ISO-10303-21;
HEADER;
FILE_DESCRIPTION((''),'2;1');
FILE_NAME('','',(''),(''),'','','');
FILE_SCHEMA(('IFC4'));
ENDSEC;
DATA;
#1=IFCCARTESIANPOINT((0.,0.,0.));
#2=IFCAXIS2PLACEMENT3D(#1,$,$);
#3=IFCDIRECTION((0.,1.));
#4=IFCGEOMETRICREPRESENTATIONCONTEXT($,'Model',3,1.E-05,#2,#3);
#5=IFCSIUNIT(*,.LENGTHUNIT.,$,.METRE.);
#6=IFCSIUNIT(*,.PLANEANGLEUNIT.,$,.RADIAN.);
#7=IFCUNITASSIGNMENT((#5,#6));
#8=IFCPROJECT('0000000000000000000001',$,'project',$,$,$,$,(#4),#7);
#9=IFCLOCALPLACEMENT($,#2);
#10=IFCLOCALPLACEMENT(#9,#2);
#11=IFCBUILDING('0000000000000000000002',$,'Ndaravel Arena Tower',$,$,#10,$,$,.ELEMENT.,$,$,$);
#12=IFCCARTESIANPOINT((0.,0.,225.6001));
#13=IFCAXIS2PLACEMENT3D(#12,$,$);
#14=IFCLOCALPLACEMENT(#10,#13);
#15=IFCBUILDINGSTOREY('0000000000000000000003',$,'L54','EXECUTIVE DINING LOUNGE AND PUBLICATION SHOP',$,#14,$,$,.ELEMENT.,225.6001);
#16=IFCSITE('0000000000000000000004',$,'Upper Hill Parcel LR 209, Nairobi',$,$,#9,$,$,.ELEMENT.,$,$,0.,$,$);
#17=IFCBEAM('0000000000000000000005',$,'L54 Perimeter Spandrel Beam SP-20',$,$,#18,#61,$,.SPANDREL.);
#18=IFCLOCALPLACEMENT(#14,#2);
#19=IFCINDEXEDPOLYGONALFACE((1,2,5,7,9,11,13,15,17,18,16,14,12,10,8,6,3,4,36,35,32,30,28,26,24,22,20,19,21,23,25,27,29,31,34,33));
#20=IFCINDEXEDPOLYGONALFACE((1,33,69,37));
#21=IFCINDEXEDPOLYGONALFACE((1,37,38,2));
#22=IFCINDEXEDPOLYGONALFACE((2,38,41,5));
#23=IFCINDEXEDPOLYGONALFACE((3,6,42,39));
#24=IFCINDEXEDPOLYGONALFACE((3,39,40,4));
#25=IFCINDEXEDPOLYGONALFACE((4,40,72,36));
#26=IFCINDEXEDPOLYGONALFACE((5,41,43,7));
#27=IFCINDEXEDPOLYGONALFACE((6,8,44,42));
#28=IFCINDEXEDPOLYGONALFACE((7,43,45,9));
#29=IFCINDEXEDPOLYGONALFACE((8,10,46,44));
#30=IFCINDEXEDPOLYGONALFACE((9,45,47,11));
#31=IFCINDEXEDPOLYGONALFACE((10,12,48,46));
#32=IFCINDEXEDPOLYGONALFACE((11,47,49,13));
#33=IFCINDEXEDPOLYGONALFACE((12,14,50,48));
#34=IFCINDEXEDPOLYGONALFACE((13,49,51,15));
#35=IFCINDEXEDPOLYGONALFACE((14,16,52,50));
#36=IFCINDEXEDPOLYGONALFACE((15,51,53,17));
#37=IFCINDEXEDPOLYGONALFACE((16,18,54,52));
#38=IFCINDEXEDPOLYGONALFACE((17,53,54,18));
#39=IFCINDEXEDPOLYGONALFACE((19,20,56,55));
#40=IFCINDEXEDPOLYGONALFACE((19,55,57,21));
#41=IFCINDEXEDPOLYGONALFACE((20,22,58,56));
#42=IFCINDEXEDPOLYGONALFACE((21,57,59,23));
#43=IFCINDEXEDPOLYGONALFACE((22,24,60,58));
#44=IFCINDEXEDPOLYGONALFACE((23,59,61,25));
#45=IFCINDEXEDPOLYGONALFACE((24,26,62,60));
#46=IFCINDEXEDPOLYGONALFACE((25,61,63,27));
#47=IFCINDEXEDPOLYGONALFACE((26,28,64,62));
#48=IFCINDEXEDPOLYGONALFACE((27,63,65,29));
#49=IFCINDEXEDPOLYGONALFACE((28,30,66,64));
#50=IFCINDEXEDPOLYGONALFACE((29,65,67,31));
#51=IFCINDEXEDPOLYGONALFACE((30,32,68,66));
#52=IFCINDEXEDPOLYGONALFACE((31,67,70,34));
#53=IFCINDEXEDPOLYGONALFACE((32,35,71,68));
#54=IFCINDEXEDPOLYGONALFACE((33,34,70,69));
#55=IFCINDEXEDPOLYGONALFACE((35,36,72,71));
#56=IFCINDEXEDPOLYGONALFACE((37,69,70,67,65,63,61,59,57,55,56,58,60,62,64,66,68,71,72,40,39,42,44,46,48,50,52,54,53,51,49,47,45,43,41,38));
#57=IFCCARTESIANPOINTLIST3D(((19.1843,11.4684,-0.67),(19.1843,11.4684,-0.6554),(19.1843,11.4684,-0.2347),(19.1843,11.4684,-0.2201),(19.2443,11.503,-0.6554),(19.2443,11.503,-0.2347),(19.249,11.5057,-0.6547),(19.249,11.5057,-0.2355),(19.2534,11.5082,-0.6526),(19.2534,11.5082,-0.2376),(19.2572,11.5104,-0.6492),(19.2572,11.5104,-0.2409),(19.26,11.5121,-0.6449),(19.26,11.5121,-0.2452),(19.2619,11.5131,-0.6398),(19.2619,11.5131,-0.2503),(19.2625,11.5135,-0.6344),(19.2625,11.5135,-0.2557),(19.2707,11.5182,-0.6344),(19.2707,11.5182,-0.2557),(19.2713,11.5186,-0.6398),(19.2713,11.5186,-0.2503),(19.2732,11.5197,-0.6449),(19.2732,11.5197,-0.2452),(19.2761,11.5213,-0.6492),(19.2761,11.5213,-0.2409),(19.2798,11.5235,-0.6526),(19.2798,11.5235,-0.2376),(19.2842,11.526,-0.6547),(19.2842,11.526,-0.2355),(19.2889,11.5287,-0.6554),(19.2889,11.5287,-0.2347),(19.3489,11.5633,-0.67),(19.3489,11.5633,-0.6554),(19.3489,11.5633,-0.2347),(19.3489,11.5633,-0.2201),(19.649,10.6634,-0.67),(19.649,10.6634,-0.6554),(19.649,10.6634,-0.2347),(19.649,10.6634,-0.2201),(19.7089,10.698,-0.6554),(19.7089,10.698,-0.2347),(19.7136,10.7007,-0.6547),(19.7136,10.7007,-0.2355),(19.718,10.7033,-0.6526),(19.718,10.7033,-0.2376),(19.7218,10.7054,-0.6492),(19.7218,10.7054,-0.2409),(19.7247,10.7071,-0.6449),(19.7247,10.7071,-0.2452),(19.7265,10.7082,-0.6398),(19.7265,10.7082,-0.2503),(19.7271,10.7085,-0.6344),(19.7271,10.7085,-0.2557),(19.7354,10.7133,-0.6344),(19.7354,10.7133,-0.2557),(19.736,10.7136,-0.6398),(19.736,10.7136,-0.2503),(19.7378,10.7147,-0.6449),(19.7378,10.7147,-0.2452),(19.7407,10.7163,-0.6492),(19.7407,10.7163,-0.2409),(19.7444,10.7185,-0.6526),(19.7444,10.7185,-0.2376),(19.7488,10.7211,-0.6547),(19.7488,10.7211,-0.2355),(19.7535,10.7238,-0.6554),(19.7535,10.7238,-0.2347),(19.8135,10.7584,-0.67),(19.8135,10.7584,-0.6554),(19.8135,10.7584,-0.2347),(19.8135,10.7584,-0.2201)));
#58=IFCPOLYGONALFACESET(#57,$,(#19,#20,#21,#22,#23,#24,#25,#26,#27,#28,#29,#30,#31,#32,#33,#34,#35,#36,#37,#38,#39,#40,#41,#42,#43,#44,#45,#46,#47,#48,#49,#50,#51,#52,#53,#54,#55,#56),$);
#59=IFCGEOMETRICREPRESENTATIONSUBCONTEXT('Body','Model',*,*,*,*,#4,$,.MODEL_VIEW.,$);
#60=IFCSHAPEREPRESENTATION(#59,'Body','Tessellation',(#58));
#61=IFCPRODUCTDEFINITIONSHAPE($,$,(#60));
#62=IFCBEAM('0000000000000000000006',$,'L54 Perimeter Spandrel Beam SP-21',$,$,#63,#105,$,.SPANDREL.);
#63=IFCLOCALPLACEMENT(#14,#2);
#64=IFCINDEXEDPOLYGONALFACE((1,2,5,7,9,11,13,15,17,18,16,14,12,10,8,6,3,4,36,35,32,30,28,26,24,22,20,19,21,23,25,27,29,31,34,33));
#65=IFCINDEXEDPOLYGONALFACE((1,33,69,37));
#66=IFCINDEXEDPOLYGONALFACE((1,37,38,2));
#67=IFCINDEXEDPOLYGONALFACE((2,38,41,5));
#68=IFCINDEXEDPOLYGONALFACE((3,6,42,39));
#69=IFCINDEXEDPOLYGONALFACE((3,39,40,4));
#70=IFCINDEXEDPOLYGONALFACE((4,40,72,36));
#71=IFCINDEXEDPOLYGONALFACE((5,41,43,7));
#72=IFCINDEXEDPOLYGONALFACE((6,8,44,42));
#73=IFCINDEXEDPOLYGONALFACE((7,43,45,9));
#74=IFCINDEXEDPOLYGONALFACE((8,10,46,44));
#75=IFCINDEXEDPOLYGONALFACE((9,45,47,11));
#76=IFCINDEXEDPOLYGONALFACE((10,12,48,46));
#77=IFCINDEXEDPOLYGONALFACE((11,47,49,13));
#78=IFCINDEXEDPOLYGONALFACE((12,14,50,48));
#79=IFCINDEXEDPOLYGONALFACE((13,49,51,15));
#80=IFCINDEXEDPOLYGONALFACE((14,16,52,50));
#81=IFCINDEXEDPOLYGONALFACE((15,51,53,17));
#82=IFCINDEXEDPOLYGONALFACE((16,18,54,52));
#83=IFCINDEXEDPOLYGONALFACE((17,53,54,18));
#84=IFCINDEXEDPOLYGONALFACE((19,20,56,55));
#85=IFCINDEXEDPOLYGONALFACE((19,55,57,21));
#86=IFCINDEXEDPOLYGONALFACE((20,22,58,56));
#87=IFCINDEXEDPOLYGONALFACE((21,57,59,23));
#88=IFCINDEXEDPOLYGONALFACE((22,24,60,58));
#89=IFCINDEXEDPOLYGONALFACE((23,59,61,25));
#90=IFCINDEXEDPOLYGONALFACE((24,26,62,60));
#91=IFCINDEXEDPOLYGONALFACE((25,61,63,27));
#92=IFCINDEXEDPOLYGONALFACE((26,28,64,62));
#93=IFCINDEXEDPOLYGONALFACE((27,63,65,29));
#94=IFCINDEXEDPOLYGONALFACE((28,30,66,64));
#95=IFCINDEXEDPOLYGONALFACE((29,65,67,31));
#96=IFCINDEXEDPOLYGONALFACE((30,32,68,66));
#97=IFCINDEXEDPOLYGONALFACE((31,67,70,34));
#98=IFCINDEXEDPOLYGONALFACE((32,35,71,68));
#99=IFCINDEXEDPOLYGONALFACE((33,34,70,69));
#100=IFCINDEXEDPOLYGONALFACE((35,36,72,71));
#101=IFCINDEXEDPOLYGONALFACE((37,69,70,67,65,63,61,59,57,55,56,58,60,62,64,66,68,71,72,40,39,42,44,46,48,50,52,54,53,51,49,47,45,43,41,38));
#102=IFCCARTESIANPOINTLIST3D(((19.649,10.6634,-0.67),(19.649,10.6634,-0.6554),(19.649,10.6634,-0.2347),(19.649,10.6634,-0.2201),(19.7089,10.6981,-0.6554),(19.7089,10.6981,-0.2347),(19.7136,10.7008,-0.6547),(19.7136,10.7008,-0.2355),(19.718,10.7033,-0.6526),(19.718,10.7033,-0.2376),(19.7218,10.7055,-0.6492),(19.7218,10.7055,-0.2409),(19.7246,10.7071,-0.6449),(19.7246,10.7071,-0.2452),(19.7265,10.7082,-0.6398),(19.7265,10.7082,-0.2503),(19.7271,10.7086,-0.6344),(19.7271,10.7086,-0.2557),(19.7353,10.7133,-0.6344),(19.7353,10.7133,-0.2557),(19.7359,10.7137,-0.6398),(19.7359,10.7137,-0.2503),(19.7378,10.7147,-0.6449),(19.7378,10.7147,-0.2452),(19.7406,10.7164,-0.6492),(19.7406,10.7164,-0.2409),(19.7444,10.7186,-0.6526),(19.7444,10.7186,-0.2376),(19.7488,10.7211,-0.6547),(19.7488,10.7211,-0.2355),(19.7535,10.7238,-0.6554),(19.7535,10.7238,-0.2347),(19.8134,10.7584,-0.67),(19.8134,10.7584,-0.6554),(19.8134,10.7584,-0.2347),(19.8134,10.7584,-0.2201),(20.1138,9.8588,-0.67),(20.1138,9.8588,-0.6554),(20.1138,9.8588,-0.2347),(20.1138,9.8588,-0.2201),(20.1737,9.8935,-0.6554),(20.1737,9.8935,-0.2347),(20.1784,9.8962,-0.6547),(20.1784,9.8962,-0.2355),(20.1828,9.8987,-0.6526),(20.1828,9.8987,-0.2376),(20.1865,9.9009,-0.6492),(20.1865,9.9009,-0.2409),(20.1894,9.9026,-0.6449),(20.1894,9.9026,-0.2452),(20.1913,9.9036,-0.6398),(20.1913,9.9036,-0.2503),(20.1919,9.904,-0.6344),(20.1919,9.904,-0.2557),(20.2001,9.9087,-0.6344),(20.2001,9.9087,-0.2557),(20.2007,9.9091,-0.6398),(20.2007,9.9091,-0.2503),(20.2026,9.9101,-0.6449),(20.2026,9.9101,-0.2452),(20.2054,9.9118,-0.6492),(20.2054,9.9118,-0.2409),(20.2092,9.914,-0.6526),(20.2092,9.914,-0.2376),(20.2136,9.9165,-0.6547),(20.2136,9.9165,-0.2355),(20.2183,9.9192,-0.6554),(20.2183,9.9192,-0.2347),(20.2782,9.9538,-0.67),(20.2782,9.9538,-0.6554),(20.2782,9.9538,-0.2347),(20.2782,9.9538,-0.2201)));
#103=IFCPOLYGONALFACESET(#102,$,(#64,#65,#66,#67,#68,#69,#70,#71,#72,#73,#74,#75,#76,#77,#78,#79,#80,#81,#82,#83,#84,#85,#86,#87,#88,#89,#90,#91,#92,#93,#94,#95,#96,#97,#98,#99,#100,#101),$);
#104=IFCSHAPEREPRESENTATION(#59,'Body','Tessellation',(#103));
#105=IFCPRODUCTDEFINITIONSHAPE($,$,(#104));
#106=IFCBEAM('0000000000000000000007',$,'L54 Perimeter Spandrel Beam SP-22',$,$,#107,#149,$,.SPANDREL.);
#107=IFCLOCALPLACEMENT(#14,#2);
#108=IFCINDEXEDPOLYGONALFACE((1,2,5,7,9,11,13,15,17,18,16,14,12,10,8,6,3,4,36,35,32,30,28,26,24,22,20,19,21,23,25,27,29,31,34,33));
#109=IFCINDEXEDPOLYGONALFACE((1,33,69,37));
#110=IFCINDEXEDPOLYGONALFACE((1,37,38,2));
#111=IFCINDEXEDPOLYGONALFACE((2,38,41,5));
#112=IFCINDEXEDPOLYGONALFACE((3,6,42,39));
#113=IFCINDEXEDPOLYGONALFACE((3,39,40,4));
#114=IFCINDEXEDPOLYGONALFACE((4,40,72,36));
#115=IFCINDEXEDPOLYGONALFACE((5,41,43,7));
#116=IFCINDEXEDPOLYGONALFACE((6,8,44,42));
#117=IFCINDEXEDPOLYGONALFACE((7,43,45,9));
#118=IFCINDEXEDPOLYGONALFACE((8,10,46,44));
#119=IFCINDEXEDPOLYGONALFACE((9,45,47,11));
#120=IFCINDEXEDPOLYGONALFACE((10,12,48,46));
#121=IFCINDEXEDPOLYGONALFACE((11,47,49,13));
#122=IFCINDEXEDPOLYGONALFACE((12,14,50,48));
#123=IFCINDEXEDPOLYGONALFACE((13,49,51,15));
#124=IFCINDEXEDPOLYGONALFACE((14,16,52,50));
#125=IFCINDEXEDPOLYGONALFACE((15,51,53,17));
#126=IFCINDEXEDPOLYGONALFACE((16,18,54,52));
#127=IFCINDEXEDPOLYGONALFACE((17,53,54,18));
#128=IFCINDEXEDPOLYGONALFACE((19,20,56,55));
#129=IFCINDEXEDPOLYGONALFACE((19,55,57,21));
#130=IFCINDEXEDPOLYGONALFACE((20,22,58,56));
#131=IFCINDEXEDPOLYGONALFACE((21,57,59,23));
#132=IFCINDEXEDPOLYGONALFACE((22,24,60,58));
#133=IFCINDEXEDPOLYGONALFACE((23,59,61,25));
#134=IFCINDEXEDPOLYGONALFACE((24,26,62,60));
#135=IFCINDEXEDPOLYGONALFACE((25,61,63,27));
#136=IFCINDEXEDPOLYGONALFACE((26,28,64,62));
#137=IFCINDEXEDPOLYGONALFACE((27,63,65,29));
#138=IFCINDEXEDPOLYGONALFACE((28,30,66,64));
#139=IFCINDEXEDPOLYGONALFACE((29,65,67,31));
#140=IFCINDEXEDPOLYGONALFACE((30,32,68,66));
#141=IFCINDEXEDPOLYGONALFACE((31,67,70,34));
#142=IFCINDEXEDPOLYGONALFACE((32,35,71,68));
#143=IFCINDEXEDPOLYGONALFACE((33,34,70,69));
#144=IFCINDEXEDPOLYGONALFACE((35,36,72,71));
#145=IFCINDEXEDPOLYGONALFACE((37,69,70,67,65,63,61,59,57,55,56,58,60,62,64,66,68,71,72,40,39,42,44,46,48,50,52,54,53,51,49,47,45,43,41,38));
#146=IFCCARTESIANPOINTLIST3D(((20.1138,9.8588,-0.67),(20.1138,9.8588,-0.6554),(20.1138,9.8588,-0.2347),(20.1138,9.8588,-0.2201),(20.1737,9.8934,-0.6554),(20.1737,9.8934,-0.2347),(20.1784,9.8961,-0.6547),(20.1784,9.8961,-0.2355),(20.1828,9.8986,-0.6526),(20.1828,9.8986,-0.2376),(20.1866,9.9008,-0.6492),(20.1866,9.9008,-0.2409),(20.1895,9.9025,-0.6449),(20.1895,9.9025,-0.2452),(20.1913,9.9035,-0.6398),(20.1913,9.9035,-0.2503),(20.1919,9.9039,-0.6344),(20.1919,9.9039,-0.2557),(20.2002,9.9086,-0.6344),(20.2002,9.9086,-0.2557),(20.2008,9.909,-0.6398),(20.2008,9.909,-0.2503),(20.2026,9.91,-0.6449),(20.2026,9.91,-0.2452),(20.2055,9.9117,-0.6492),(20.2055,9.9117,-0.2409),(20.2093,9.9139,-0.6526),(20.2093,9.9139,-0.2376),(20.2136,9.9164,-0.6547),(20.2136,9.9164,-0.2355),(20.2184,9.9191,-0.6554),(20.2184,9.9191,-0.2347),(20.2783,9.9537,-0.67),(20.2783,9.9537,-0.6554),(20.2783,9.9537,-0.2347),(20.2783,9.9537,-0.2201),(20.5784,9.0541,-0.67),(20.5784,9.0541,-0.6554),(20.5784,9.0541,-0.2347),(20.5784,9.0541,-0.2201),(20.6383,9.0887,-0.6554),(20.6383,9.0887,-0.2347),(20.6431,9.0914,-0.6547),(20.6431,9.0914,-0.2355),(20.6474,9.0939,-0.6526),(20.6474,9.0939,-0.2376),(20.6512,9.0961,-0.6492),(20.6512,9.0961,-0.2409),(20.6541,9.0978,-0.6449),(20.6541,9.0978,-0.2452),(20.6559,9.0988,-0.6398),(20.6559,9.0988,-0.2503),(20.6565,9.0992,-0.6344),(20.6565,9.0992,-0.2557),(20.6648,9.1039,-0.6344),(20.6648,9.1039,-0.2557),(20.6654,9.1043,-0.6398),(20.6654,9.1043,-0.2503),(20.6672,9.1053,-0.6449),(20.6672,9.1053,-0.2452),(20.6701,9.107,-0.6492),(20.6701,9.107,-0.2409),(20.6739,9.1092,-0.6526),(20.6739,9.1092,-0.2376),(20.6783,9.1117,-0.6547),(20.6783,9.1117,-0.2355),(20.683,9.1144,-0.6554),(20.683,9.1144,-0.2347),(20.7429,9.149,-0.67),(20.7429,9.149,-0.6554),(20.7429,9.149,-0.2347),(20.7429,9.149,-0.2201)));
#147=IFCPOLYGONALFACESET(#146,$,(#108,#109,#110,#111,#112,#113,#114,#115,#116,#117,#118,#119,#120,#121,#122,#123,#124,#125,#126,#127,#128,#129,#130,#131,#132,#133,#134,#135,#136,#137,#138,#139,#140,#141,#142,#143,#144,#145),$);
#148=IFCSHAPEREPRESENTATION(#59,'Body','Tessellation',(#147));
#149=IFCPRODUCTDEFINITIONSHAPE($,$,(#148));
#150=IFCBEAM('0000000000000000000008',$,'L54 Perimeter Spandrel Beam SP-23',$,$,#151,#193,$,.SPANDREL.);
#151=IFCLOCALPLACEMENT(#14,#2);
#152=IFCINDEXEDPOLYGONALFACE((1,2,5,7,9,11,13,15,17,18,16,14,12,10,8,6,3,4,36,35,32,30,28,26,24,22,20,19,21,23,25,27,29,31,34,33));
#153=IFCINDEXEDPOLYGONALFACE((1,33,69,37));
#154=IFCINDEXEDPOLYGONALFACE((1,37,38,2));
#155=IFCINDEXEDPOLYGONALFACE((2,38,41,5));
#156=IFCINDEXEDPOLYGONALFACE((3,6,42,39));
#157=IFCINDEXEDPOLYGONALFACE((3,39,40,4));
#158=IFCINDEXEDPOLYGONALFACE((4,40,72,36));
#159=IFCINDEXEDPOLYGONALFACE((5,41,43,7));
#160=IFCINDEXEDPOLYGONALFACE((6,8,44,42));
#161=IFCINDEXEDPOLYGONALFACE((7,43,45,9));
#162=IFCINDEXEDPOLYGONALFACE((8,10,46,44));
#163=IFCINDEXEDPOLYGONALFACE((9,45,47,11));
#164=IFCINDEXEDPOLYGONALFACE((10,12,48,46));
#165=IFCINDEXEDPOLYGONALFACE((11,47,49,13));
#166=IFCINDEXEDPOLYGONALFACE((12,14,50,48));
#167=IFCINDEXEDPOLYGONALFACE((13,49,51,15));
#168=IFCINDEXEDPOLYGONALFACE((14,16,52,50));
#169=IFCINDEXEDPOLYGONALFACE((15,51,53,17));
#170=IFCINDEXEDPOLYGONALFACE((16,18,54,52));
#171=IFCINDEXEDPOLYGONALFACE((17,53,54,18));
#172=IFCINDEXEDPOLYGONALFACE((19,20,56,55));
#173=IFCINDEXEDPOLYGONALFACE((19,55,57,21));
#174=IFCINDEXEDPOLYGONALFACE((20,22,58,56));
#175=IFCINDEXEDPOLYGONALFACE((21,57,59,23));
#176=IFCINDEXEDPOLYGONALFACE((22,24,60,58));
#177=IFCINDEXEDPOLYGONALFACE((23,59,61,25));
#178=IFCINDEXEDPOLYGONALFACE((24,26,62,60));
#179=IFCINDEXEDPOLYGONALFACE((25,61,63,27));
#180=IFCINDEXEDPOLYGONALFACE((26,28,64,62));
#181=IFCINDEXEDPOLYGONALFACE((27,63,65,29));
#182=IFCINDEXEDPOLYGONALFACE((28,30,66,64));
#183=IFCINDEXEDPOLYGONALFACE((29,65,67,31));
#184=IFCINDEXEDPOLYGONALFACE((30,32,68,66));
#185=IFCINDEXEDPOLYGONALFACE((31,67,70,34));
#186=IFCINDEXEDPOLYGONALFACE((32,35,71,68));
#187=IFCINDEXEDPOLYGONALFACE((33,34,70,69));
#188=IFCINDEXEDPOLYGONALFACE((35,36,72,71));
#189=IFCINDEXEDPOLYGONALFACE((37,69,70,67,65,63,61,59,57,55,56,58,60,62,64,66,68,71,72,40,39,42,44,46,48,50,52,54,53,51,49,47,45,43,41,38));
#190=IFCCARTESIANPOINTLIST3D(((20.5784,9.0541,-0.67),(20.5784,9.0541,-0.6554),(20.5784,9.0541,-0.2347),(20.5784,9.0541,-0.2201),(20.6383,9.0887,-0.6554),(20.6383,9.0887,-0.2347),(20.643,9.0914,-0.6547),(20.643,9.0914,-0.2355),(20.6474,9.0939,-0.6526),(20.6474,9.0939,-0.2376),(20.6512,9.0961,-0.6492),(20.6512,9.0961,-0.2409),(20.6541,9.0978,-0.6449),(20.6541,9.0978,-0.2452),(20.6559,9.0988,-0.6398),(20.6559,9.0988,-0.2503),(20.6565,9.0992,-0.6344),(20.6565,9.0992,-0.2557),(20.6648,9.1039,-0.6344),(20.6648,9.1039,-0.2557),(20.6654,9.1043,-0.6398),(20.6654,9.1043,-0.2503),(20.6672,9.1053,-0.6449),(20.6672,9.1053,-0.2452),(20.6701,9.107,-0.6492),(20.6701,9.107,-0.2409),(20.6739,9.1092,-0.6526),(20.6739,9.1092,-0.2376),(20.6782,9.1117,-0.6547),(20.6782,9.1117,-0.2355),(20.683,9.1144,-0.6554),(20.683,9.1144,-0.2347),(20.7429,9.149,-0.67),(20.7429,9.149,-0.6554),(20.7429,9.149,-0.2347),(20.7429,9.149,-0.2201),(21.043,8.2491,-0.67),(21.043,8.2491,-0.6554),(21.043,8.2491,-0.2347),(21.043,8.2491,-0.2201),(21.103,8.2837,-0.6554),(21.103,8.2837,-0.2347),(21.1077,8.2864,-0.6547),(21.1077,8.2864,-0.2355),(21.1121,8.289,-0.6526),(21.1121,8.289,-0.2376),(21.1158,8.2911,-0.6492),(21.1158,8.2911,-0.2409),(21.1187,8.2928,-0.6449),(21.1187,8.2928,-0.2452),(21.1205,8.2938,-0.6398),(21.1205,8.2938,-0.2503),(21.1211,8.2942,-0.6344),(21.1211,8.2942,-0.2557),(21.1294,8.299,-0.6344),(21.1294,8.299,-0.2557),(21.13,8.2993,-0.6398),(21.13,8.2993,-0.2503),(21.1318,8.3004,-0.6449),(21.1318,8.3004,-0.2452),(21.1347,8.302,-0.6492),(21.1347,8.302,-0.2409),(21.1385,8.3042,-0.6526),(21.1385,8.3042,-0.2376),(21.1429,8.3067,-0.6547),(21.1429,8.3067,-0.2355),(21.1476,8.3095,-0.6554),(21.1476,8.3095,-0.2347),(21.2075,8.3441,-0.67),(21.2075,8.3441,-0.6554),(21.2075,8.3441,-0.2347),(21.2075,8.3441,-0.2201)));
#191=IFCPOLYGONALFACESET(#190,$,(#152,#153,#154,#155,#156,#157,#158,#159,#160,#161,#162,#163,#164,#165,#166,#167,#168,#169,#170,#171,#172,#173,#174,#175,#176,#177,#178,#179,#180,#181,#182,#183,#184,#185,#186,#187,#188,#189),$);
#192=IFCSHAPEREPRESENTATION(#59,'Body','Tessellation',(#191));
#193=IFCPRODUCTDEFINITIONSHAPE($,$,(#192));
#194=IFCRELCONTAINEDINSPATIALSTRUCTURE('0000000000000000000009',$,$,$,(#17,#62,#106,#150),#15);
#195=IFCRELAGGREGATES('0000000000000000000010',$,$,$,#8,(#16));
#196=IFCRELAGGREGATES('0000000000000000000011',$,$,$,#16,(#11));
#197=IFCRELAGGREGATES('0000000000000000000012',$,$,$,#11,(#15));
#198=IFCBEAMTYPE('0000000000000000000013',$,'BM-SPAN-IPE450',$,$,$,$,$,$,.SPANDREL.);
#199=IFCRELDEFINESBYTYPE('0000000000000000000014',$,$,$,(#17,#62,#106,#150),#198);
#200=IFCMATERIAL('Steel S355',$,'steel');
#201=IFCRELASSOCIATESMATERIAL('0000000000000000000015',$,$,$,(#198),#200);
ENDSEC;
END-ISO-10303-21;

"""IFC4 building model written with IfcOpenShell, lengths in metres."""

from ifc_helpers import new_model, si_unit, direction, frame, origin, origin_2d, place, context, subcontext, project, spatial, i_section, extrude, material, material_profile, profile_set, type_object, element, save


model = new_model("IFC4")

# Units and contexts
model_context = context("Model", 3, precision=1e-05, world=origin(), true_north=direction((0.0, 1.0)))
body_context = subcontext(model_context, "Body", "Model", "MODEL_VIEW")
ifc_project = project(units=[si_unit("LENGTHUNIT", "METRE"), si_unit("PLANEANGLEUNIT", "RADIAN")], contexts=[model_context])

# Site, building, storey
site_placement = place(None, origin())
site = spatial("IfcSite", under=ifc_project, at=site_placement, Name="Upper Hill Parcel LR 209, Nairobi", CompositionType="ELEMENT", RefElevation=0.0)
building_placement = place(site_placement, origin())
building = spatial("IfcBuilding", under=site, at=building_placement, Name="Ndaravel Arena Tower", CompositionType="ELEMENT")
storey_placement = place(building_placement, frame((0.0, 0.0, 225.6001)))
storey = spatial("IfcBuildingStorey", under=building, at=storey_placement, Name="L54", Description="EXECUTIVE DINING LOUNGE AND PUBLICATION SHOP", CompositionType="ELEMENT", Elevation=225.6001)

# Beams
ifc_material_1 = material(Name="Steel S355", Category="steel")
ifc_material_profile_1 = material_profile(ifc_material_1, i_section(OverallWidth=0.1899, OverallDepth=0.45, WebThickness=0.0095, FlangeThickness=0.0146, FilletRadius=0.021, at=origin_2d()), Name="IPE 450")
ifc_profile_set_1 = profile_set([ifc_material_profile_1], Name="Steel S355")
beam_type = type_object("IfcBeamType", Name="BM-SPAN-IPE450", PredefinedType="SPANDREL", material=ifc_profile_set_1)
beam_1_placement = place(storey_placement, frame((19.2666, 11.5159, -0.4451), z_axis=(0.499897, -0.866085, 0.0), x_axis=(0.866085, 0.499897, 0.0)))
element("IfcBeam", 1, at=beam_1_placement, inside=storey, type_object=beam_type, Name="L54 Perimeter Spandrel Beam SP-20", PredefinedType="SPANDREL", context=body_context, shape_type="SweptSolid", body=[
    extrude(i_section(OverallWidth=0.1899, OverallDepth=0.45, WebThickness=0.0095, FlangeThickness=0.0146, FilletRadius=0.021, at=origin_2d()), origin(), (0.0, 0.0, 1.0), 0.9294),
])
for number, where, z_axis, x_axis, name in (
    (2, (19.7312, 10.7109, -0.4451), (0.500208, -0.865906, 0.0), (0.865906, 0.500208, 0.0), "L54 Perimeter Spandrel Beam SP-21"),
    (3, (20.196, 9.9062, -0.4451), (0.500011, -0.866019, 0.0), (0.866019, 0.500011, 0.0), "L54 Perimeter Spandrel Beam SP-22"),
):
    element("IfcBeam", number, at=place(storey_placement, frame(where, z_axis=z_axis, x_axis=x_axis)), inside=storey, type_object=beam_type, Name=name, PredefinedType="SPANDREL", context=body_context, shape_type="SweptSolid", body=[
        extrude(i_section(OverallWidth=0.1899, OverallDepth=0.45, WebThickness=0.0095, FlangeThickness=0.0146, FilletRadius=0.021, at=origin_2d()), origin(), (0.0, 0.0, 1.0), 0.9292),
    ])
beam_2_placement = place(storey_placement, frame((20.6606, 9.1016, -0.4451), z_axis=(0.499897, -0.866085, 0.0), x_axis=(0.866085, 0.499897, 0.0)))
element("IfcBeam", 4, at=beam_2_placement, inside=storey, type_object=beam_type, Name="L54 Perimeter Spandrel Beam SP-23", PredefinedType="SPANDREL", context=body_context, shape_type="SweptSolid", body=[
    extrude(i_section(OverallWidth=0.1899, OverallDepth=0.45, WebThickness=0.0095, FlangeThickness=0.0146, FilletRadius=0.021, at=origin_2d()), origin(), (0.0, 0.0, 1.0), 0.9294),
])

save(model, "model.ifc")
